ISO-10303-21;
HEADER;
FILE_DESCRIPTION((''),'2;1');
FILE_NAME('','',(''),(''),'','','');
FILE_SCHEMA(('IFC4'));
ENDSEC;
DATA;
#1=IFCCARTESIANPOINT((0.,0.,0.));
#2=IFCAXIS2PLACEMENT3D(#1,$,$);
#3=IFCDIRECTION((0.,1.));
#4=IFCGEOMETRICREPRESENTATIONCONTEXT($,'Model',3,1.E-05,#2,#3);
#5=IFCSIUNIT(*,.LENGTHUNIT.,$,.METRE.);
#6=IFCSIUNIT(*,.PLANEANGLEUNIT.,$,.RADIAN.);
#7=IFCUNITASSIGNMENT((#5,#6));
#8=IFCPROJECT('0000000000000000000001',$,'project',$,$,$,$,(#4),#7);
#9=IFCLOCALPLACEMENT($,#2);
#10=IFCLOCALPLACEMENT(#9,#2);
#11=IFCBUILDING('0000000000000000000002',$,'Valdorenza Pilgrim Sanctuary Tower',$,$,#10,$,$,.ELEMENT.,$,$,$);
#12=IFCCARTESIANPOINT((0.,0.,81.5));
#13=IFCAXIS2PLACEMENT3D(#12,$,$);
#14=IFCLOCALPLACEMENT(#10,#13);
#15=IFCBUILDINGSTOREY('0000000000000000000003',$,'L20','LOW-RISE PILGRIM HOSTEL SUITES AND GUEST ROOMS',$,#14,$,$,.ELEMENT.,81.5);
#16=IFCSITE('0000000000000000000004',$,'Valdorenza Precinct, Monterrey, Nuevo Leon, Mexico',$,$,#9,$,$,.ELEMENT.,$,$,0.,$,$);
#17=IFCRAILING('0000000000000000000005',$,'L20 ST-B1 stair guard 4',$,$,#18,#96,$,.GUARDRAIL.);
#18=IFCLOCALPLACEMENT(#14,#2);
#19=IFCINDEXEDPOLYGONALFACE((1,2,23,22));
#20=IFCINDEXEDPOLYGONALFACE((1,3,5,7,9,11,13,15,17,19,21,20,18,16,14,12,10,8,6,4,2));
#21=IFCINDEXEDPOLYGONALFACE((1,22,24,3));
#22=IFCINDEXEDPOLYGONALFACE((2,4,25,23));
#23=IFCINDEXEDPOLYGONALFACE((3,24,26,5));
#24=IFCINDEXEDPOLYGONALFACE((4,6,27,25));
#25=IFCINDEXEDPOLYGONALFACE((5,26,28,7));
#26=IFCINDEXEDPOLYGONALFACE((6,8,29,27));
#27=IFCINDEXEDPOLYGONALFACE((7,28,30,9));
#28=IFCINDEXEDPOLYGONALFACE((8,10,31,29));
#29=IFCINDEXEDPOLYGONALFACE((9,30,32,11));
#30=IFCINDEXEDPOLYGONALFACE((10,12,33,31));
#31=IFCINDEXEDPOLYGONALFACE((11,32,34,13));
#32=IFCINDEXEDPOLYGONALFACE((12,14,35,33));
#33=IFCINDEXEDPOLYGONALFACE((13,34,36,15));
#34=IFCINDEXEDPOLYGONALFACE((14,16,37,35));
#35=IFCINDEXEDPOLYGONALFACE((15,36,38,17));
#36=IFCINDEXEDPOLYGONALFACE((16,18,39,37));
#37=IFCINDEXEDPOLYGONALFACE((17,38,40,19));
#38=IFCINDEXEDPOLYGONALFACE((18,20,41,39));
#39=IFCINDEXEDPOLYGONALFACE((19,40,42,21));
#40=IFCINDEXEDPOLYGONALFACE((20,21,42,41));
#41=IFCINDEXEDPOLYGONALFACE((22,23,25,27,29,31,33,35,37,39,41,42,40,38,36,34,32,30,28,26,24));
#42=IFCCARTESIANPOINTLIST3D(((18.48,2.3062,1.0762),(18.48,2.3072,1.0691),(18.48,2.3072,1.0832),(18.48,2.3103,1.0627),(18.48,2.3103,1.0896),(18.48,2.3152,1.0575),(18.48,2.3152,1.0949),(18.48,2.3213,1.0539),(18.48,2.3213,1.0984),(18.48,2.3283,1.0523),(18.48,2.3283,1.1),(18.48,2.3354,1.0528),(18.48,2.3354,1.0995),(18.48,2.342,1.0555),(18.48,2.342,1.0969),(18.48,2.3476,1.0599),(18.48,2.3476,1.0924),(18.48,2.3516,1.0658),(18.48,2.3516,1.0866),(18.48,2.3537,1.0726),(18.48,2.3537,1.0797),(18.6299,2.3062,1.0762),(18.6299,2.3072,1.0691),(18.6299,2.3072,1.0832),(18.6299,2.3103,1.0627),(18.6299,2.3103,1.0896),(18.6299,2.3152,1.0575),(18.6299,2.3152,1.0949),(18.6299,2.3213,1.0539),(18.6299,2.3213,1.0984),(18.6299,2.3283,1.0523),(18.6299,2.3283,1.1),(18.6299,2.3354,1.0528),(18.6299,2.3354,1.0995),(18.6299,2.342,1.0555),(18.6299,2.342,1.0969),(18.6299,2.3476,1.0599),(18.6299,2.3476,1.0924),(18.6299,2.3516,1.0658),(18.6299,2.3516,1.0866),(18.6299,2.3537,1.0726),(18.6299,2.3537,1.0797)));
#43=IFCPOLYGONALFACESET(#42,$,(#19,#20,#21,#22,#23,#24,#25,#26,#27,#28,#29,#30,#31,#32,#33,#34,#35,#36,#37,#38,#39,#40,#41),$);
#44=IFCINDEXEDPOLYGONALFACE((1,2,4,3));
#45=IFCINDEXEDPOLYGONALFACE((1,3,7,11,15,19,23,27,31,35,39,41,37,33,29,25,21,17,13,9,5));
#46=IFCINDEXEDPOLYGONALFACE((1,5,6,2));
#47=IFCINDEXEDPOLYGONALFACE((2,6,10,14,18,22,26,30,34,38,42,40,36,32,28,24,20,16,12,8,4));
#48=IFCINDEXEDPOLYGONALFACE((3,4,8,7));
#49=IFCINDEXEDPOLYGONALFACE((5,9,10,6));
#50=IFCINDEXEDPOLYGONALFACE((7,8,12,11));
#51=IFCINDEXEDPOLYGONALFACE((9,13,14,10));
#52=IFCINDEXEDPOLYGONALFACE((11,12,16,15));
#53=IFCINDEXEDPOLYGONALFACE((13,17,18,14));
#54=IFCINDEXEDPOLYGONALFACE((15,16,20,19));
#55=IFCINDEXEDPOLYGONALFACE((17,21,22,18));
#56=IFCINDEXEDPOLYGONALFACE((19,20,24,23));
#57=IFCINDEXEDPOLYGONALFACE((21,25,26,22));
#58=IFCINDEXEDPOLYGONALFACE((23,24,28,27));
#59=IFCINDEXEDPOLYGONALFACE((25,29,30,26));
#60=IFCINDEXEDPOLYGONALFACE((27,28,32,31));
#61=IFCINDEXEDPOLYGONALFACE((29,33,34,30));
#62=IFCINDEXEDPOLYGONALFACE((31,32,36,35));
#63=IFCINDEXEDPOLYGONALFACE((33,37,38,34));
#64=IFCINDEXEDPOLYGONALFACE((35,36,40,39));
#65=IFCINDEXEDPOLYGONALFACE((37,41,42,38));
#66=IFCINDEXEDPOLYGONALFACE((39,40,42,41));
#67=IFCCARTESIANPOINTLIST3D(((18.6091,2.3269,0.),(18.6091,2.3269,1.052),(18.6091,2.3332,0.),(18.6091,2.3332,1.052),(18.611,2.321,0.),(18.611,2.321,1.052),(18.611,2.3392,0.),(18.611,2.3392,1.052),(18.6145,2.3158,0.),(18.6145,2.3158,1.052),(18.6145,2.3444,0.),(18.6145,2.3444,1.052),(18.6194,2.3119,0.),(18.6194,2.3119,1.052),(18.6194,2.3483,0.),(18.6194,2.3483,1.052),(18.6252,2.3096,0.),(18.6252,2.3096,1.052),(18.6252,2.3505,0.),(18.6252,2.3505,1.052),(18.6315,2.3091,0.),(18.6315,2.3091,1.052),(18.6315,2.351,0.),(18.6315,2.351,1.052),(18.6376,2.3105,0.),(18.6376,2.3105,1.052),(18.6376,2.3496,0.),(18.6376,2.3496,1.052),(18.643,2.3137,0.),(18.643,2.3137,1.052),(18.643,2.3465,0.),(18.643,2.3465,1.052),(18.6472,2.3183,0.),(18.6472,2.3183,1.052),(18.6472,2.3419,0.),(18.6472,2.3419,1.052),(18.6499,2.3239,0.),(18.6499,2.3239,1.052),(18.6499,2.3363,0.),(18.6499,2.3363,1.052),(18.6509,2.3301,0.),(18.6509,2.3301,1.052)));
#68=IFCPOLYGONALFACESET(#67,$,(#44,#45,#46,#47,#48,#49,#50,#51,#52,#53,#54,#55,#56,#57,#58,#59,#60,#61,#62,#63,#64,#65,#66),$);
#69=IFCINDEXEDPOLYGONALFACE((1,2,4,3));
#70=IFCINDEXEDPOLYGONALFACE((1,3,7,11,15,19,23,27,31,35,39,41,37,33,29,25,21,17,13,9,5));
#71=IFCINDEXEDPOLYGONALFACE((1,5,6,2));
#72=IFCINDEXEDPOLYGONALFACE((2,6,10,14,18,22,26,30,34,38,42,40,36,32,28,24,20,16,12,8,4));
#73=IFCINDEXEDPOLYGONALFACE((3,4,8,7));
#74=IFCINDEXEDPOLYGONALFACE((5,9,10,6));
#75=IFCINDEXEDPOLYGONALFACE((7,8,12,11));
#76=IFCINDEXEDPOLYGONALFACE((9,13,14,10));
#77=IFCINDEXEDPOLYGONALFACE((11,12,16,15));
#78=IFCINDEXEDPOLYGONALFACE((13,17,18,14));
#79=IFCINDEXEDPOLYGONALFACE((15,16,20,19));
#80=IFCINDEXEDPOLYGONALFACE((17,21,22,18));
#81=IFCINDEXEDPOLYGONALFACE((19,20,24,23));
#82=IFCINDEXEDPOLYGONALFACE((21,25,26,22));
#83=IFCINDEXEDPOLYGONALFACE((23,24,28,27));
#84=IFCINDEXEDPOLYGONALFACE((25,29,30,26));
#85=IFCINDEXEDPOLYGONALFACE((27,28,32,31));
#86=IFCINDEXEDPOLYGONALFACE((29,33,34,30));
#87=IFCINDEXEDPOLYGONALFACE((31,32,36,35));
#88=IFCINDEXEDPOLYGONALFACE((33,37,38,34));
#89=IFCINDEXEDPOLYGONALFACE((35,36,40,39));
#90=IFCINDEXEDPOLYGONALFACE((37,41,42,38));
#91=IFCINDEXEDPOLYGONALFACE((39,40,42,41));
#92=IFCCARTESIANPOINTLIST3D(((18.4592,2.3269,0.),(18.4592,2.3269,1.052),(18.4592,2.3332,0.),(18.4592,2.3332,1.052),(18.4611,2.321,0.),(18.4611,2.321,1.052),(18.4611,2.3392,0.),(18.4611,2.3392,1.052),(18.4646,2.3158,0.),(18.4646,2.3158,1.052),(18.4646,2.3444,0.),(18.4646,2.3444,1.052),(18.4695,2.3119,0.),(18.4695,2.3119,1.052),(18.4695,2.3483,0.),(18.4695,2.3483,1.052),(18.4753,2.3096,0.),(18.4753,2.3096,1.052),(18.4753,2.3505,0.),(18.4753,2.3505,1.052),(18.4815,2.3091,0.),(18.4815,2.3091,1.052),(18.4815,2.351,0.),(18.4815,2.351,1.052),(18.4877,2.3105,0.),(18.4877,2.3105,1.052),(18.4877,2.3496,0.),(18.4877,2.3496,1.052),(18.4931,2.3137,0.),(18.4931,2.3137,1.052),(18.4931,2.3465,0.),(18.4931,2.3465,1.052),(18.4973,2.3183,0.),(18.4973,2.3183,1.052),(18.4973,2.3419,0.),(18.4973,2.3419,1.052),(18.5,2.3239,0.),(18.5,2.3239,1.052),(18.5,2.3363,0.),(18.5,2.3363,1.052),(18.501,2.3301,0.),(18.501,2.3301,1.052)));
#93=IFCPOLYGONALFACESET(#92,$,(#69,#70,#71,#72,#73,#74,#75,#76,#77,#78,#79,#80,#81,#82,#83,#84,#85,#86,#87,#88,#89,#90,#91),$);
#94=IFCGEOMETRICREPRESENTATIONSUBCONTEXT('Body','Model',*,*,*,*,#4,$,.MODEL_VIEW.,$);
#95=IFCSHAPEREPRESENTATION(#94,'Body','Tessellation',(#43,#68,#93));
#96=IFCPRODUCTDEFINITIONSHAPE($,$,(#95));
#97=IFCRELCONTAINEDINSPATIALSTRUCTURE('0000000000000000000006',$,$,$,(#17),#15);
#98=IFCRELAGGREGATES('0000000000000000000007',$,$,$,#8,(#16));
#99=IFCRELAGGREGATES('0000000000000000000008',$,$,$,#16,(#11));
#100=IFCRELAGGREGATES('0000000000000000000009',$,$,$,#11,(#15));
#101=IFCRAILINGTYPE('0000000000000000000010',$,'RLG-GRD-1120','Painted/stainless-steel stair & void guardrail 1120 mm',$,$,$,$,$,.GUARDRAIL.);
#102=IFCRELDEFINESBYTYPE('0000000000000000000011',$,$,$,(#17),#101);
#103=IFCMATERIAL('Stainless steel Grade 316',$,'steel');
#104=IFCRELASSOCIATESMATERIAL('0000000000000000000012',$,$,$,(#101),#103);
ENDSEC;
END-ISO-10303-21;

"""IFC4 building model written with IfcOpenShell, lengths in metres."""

from ifc_helpers import new_model, si_unit, direction, frame, origin, origin_2d, place, context, subcontext, project, spatial, circle, extrude, material, type_object, element, save


model = new_model("IFC4")

# Units and contexts
model_context = context("Model", 3, precision=1e-05, world=origin(), true_north=direction((0.0, 1.0)))
body_context = subcontext(model_context, "Body", "Model", "MODEL_VIEW")
ifc_project = project(units=[si_unit("LENGTHUNIT", "METRE"), si_unit("PLANEANGLEUNIT", "RADIAN")], contexts=[model_context])

# Site, building, storey
site_placement = place(None, origin())
site = spatial("IfcSite", under=ifc_project, at=site_placement, Name="Valdorenza Precinct, Monterrey, Nuevo Leon, Mexico", CompositionType="ELEMENT", RefElevation=0.0)
building_placement = place(site_placement, origin())
building = spatial("IfcBuilding", under=site, at=building_placement, Name="Valdorenza Pilgrim Sanctuary Tower", CompositionType="ELEMENT")
storey_placement = place(building_placement, frame((0.0, 0.0, 81.5)))
storey = spatial("IfcBuildingStorey", under=building, at=storey_placement, Name="L20", Description="LOW-RISE PILGRIM HOSTEL SUITES AND GUEST ROOMS", CompositionType="ELEMENT", Elevation=81.5)

# Railing
ifc_material_1 = material(Name="Stainless steel Grade 316", Category="steel")
railing_type_1 = type_object("IfcRailingType", Name="RLG-GRD-1120", Description="Painted/stainless-steel stair & void guardrail 1120 mm", PredefinedType="GUARDRAIL", material=ifc_material_1)
railing_1_placement = place(storey_placement, frame((18.6299, 2.3301, 0.0)))
element("IfcRailing", 1, at=railing_1_placement, inside=storey, type_object=railing_type_1, Name="L20 ST-B1 stair guard 4", PredefinedType="GUARDRAIL", context=body_context, shape_type="SweptSolid", body=[
    extrude(circle(Radius=0.0239, at=origin_2d()), frame((0.0, 0.0, 1.0762), z_axis=(-1.0, 0.0, 0.0), x_axis=(0.0, -1.0, 0.0)), (0.0, 0.0, 1.0), 0.1499),
    extrude(circle(Radius=0.021, at=origin_2d()), origin(), (0.0, 0.0, 1.0), 1.052),
    extrude(circle(Radius=0.021, at=origin_2d()), frame((-0.1499, 0.0, 0.0)), (0.0, 0.0, 1.0), 1.052),
])

save(model, "model.ifc")
